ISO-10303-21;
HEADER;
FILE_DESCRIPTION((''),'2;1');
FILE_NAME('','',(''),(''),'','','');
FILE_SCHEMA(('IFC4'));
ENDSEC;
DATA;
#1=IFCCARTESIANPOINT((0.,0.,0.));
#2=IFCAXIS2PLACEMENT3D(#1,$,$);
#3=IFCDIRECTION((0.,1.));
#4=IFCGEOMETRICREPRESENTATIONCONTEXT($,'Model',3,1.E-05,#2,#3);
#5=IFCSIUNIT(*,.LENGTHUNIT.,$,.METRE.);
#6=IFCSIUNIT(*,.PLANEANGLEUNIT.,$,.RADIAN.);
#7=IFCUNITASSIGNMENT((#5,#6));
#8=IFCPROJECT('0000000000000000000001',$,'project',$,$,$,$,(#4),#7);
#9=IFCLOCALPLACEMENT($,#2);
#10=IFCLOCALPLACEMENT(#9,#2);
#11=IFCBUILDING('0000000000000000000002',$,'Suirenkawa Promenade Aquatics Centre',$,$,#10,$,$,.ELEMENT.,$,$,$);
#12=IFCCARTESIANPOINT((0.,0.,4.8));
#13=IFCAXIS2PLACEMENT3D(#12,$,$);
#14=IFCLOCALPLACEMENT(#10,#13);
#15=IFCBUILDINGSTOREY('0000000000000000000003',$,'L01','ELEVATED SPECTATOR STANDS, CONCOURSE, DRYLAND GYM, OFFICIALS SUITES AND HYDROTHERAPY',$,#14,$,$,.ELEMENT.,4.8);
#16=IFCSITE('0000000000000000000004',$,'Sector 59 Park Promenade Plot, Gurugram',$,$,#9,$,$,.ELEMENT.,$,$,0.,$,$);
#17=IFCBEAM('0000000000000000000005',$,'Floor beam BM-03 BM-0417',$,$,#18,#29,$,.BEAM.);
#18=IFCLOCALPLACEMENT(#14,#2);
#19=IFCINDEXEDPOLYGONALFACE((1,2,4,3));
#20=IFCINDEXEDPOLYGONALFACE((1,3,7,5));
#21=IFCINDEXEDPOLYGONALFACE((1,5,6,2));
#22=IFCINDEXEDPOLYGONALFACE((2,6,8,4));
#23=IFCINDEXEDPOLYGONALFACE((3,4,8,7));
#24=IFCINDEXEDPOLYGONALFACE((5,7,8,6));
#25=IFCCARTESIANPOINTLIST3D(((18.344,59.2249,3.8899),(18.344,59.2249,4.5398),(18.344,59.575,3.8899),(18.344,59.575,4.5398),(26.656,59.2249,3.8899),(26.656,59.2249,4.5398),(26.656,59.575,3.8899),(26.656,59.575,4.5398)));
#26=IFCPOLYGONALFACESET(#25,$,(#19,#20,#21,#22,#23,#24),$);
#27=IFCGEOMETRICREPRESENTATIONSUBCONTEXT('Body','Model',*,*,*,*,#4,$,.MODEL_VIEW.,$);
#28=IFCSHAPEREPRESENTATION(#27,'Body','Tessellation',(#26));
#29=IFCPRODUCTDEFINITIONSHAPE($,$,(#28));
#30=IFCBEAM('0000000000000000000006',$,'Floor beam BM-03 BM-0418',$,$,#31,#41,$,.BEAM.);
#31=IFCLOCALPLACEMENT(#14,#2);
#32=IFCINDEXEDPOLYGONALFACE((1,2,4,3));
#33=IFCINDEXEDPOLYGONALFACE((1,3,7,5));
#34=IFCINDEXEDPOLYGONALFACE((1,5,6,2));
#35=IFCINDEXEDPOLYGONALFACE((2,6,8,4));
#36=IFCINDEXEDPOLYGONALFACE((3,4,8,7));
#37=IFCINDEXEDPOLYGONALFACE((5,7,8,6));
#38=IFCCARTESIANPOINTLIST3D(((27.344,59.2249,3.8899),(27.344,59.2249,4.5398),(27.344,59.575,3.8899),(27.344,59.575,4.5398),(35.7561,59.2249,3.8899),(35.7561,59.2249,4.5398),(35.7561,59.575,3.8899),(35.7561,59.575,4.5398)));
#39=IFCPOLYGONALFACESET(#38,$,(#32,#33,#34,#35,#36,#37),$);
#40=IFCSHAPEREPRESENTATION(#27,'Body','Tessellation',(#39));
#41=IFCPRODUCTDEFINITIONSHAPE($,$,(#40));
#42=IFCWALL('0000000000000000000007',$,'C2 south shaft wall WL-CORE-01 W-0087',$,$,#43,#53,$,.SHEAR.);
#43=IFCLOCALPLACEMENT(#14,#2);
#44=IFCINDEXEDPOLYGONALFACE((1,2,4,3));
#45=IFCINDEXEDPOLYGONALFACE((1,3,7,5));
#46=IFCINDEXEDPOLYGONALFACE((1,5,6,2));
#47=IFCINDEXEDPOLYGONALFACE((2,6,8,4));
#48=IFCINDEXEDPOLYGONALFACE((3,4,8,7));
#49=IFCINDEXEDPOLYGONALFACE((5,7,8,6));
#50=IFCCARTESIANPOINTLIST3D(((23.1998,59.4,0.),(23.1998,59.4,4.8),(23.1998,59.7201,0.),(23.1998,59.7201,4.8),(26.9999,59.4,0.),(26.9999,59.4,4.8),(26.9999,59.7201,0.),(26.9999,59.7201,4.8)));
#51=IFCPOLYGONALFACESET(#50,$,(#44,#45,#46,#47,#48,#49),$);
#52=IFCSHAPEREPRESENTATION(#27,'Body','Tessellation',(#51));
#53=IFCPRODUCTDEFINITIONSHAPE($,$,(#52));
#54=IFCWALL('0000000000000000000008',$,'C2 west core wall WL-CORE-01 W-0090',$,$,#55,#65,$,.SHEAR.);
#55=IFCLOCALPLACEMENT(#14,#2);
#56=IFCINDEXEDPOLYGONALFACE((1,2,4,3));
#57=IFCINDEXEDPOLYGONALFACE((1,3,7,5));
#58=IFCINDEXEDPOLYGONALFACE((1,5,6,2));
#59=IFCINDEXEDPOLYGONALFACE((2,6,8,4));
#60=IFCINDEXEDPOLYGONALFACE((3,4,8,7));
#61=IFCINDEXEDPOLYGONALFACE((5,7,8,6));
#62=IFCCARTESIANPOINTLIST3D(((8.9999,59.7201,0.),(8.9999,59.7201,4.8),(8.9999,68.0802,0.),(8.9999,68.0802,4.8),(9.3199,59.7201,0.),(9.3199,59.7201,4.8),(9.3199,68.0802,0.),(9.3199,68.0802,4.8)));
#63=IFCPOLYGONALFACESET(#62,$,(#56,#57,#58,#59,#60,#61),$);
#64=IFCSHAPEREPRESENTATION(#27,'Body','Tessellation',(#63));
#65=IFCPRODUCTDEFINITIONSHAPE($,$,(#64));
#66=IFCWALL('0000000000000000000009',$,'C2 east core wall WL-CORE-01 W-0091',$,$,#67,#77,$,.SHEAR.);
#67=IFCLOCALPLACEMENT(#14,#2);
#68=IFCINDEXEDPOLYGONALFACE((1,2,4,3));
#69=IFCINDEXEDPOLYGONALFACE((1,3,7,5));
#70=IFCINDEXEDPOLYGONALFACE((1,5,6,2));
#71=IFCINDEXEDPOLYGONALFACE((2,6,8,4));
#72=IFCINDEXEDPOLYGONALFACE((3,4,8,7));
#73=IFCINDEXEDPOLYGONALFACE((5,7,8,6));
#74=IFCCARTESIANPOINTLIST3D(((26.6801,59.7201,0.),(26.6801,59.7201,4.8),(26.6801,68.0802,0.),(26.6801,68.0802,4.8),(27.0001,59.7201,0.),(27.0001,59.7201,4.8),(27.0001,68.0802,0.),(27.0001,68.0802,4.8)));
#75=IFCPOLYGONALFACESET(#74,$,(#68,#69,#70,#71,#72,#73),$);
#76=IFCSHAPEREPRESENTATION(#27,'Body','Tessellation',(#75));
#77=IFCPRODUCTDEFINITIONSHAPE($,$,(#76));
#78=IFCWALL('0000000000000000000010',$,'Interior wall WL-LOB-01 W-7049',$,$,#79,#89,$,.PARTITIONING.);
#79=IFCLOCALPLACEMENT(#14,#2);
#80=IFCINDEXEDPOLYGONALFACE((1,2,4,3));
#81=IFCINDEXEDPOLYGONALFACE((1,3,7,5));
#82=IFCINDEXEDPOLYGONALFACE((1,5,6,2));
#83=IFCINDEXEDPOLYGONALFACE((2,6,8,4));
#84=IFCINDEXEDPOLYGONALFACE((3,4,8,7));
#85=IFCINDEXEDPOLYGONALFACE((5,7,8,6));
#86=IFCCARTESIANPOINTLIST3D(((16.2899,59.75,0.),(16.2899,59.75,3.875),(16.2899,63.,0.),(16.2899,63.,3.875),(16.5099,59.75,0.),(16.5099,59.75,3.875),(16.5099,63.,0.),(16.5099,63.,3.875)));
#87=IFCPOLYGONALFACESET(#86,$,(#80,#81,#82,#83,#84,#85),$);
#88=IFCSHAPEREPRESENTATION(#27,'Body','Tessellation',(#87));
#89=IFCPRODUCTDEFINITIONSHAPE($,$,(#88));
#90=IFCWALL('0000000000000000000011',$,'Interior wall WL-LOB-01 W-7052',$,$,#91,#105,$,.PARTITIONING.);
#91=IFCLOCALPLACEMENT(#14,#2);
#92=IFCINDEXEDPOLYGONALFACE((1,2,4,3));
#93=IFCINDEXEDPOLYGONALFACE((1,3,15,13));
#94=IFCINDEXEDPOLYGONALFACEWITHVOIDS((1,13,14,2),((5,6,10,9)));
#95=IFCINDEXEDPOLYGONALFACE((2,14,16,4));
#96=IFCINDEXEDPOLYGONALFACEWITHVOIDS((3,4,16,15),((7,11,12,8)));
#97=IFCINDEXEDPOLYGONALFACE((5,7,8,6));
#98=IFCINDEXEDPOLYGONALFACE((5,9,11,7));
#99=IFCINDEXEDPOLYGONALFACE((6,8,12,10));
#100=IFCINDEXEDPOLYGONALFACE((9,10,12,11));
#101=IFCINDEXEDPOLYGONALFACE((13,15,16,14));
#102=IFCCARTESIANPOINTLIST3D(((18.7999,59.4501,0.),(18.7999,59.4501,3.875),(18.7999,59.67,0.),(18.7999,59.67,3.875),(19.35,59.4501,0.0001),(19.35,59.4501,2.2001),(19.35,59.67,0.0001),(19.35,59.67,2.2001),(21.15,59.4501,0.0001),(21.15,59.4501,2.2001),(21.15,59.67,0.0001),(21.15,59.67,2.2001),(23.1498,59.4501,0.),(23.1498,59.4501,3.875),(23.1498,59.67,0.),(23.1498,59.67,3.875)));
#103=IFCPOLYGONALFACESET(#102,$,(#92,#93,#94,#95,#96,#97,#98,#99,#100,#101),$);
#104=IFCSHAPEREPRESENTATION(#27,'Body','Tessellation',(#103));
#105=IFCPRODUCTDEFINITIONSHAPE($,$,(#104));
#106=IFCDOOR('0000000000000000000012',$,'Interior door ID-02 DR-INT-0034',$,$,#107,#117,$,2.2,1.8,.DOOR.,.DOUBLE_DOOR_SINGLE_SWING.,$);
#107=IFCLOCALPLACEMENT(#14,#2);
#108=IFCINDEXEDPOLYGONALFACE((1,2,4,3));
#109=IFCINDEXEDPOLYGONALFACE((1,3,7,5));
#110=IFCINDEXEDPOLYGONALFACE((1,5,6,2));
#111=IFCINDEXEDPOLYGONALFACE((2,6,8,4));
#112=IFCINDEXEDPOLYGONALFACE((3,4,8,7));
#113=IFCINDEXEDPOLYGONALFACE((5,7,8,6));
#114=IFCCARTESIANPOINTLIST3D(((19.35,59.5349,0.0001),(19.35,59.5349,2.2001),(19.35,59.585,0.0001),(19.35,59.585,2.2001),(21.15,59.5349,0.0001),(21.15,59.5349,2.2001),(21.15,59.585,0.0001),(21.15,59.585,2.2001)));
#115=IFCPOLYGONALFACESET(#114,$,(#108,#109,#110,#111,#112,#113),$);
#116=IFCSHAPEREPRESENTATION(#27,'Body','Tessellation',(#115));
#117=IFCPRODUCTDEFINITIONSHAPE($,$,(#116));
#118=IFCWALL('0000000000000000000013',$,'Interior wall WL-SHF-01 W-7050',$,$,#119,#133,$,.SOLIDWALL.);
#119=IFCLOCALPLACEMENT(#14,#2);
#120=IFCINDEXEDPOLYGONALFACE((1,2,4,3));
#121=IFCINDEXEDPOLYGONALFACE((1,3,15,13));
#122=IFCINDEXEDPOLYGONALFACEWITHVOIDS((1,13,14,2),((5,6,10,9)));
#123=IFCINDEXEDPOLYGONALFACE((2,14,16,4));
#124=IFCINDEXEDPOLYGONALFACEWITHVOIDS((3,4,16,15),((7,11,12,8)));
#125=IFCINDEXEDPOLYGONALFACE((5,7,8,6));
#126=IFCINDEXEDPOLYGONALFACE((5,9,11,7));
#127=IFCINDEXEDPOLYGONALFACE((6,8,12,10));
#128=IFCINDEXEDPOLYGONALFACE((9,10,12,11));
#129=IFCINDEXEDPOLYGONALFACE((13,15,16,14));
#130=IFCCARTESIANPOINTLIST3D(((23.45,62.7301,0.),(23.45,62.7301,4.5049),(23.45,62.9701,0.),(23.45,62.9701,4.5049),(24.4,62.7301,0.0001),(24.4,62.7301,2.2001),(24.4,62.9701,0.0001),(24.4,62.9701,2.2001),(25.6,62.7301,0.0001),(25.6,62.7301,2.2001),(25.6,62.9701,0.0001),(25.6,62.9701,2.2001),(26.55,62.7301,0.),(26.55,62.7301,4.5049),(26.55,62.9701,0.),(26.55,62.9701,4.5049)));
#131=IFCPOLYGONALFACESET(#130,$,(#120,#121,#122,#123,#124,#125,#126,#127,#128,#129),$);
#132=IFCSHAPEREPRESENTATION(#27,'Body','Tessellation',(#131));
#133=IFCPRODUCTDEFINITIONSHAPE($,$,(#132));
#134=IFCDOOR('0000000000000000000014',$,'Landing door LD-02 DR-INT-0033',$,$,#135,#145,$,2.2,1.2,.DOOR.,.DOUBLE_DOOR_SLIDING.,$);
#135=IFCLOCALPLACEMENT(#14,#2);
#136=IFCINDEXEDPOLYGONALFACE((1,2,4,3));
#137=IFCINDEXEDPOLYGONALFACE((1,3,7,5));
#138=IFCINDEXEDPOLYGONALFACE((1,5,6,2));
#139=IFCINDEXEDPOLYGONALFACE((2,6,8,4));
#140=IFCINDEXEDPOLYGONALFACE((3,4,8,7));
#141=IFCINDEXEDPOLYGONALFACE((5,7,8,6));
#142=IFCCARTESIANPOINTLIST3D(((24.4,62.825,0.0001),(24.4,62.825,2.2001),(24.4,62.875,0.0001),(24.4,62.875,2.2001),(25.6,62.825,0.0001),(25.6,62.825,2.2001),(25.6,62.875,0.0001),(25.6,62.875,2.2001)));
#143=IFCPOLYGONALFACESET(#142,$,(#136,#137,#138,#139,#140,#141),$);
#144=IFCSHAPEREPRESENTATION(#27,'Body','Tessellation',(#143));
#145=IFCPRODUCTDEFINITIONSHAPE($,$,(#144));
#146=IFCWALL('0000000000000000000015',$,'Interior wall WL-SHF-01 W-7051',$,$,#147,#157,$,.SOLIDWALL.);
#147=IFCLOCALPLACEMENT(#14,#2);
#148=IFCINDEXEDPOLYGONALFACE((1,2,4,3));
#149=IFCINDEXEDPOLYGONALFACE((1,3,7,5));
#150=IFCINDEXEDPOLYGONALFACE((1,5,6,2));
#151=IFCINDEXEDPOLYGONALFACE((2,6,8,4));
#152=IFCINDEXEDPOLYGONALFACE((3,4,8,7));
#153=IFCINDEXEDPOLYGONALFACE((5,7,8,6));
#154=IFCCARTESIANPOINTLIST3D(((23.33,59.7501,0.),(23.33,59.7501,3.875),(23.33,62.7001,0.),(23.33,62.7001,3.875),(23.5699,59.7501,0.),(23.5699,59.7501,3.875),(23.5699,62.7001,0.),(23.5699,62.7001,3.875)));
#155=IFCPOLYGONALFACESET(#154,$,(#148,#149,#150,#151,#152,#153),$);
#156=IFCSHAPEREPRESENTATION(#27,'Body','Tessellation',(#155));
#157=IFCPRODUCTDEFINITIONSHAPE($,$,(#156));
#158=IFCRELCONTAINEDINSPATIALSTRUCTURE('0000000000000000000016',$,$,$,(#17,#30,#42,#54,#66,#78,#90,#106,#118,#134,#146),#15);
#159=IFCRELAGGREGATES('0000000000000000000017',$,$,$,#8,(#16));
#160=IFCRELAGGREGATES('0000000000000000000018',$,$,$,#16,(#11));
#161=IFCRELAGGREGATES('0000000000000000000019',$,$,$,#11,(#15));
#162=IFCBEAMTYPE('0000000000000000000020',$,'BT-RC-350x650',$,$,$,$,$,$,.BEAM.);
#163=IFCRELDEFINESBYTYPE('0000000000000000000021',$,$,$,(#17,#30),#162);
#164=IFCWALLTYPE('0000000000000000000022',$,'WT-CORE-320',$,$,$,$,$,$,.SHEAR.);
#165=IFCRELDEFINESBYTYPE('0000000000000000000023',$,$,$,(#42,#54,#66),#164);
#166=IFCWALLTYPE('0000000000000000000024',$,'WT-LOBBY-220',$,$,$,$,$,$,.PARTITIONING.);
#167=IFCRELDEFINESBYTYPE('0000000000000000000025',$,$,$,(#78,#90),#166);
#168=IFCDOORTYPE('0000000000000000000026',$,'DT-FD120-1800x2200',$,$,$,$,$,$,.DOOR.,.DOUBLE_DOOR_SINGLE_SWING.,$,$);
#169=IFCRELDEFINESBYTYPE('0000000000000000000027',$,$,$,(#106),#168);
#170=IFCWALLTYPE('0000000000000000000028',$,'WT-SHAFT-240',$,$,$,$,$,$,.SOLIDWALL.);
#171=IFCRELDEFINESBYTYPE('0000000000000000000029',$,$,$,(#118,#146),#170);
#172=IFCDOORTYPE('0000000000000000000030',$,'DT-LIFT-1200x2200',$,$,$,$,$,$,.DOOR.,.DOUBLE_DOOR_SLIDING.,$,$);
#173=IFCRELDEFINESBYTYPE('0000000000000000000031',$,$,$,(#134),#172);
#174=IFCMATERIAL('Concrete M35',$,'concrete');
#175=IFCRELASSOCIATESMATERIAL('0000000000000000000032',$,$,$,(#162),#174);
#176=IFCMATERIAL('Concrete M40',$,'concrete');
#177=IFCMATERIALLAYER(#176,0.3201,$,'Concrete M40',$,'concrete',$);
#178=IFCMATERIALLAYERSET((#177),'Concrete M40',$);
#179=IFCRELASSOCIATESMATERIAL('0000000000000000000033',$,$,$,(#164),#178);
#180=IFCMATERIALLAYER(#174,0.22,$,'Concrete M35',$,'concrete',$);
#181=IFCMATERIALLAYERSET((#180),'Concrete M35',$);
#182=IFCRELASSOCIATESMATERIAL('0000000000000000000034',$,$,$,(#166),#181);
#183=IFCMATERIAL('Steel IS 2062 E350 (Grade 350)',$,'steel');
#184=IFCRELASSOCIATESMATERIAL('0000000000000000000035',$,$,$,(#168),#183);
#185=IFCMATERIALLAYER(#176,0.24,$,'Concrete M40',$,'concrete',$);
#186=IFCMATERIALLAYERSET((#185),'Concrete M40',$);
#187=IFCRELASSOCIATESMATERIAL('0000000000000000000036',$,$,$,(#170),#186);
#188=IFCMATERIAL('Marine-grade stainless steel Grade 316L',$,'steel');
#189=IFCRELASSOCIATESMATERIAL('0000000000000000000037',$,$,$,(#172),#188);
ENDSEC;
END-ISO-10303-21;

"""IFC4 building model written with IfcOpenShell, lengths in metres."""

from ifc_helpers import new_model, si_unit, direction, frame, frame_2d, origin, origin_2d, place, context, subcontext, project, spatial, rectangle, extrude, material, layer, layer_set, material_profile, profile_set, type_object, element, fill, save


model = new_model("IFC4")

# Units and contexts
model_context = context("Model", 3, precision=1e-05, world=origin(), true_north=direction((0.0, 1.0)))
body_context = subcontext(model_context, "Body", "Model", "MODEL_VIEW")
ifc_project = project(units=[si_unit("LENGTHUNIT", "METRE"), si_unit("PLANEANGLEUNIT", "RADIAN")], contexts=[model_context])

# Site, building, storey
site_placement = place(None, origin())
site = spatial("IfcSite", under=ifc_project, at=site_placement, Name="Sector 59 Park Promenade Plot, Gurugram", CompositionType="ELEMENT", RefElevation=0.0)
building_placement = place(site_placement, origin())
building = spatial("IfcBuilding", under=site, at=building_placement, Name="Suirenkawa Promenade Aquatics Centre", CompositionType="ELEMENT")
storey_placement = place(building_placement, frame((0.0, 0.0, 4.8)))
storey = spatial("IfcBuildingStorey", under=building, at=storey_placement, Name="L01", Description="ELEVATED SPECTATOR STANDS, CONCOURSE, DRYLAND GYM, OFFICIALS SUITES AND HYDROTHERAPY", CompositionType="ELEMENT", Elevation=4.8)

# Shared definitions
ifc_material_1 = material(Name="Concrete M40", Category="concrete")

# Beams
ifc_material_2 = material(Name="Steel IS 2062 E350 (Grade 350)", Category="steel")
ifc_material_3 = material(Name="Concrete M35", Category="concrete")
ifc_material_profile_1 = material_profile(ifc_material_3, rectangle(XDim=0.3501, YDim=0.6499, at=origin_2d()), Name="RC BM 350x650", Category="concrete")
ifc_profile_set_1 = profile_set([ifc_material_profile_1], Name="Concrete M35")
beam_type_1 = type_object("IfcBeamType", Name="BT-RC-350x650", PredefinedType="BEAM", material=ifc_profile_set_1)
for number, where, z_axis, x_axis, name in (
    (1, (18.344, 59.3999, 4.2148), (1.0, 0.0, 0.0), (0.0, 1.0, 0.0), "Floor beam BM-03 BM-0417"),
):
    element("IfcBeam", number, at=place(storey_placement, frame(where, z_axis=z_axis, x_axis=x_axis)), inside=storey, type_object=beam_type_1, Name=name, PredefinedType="BEAM", context=body_context, shape_type="SweptSolid", body=[
        extrude(rectangle(XDim=0.3501, YDim=0.6499, at=origin_2d()), origin(), (0.0, 0.0, 1.0), 8.312),
    ])
beam_1_placement = place(storey_placement, frame((27.344, 59.3999, 4.2148), z_axis=(1.0, 0.0, 0.0), x_axis=(0.0, 1.0, 0.0)))
element("IfcBeam", 2, at=beam_1_placement, inside=storey, type_object=beam_type_1, Name="Floor beam BM-03 BM-0418", PredefinedType="BEAM", context=body_context, shape_type="SweptSolid", body=[
    extrude(rectangle(XDim=0.3501, YDim=0.6499, at=origin_2d()), origin(), (0.0, 0.0, 1.0), 8.4121),
])

# Walls
ifc_layer_1 = layer(ifc_material_1, 0.3201, Name="Concrete M40", Category="concrete")
ifc_layer_set_1 = layer_set([ifc_layer_1], Name="Concrete M40")
wall_type_1 = type_object("IfcWallType", Name="WT-CORE-320", PredefinedType="SHEAR", material=ifc_layer_set_1)
wall_1_placement = place(storey_placement, frame((23.2, 59.5601, 0.0), z_axis=(0.0, 0.0, 1.0), x_axis=(1.0, 0.0, 0.0)))
element("IfcWall", 3, at=wall_1_placement, inside=storey, type_object=wall_type_1, Name="C2 south shaft wall WL-CORE-01 W-0087", PredefinedType="SHEAR", context=body_context, shape_type="SweptSolid", body=[
    extrude(rectangle(XDim=3.8, YDim=0.3201, at=frame_2d((1.8999, 0.0))), origin(), (0.0, 0.0, 1.0), 4.8),
])
for number, where, z_axis, x_axis, name in (
    (4, (9.1599, 59.72, 0.0), (0.0, 0.0, 1.0), (0.0, 1.0, 0.0), "C2 west core wall WL-CORE-01 W-0090"),
    (5, (26.8401, 59.72, 0.0), (0.0, 0.0, 1.0), (0.0, 1.0, 0.0), "C2 east core wall WL-CORE-01 W-0091"),
):
    element("IfcWall", number, at=place(storey_placement, frame(where, z_axis=z_axis, x_axis=x_axis)), inside=storey, type_object=wall_type_1, Name=name, PredefinedType="SHEAR", context=body_context, shape_type="SweptSolid", body=[
        extrude(rectangle(XDim=8.3601, YDim=0.3201, at=frame_2d((4.1802, 0.0))), origin(), (0.0, 0.0, 1.0), 4.8),
    ])
ifc_layer_2 = layer(ifc_material_3, 0.22, Name="Concrete M35", Category="concrete")
ifc_layer_set_2 = layer_set([ifc_layer_2], Name="Concrete M35")
wall_type_2 = type_object("IfcWallType", Name="WT-LOBBY-220", PredefinedType="PARTITIONING", material=ifc_layer_set_2)
wall_2_placement = place(storey_placement, frame((16.3999, 59.75, 0.0), z_axis=(0.0, 0.0, 1.0), x_axis=(0.0, 1.0, 0.0)))
element("IfcWall", 6, at=wall_2_placement, inside=storey, type_object=wall_type_2, Name="Interior wall WL-LOB-01 W-7049", PredefinedType="PARTITIONING", context=body_context, shape_type="SweptSolid", body=[
    extrude(rectangle(XDim=3.25, YDim=0.22, at=frame_2d((1.625, 0.0))), origin(), (0.0, 0.0, 1.0), 3.875),
])

# Walls, openings, doors
wall_3_placement = place(storey_placement, frame((18.8, 59.5601, 0.0), z_axis=(0.0, 0.0, 1.0), x_axis=(1.0, 0.0, 0.0)))
wall_3 = element("IfcWall", 7, at=wall_3_placement, inside=storey, type_object=wall_type_2, Name="Interior wall WL-LOB-01 W-7052", PredefinedType="PARTITIONING", context=body_context, shape_type="SweptSolid", body=[
    extrude(rectangle(XDim=4.3499, YDim=0.22, at=frame_2d((2.1748, 0.0))), origin(), (0.0, 0.0, 1.0), 3.875),
])
opening_1_placement = place(wall_3_placement, frame((0.55, 0.0, 0.0)))
opening_1 = element("IfcOpeningElement", 8, at=opening_1_placement, cuts=wall_3, PredefinedType="OPENING", context=body_context, shape_type="SweptSolid", body=[
    extrude(rectangle(XDim=1.8, YDim=2.2, at=frame_2d((0.8999, 1.1001))), frame((0.0, 0.1199, 0.0), z_axis=(0.0, -1.0, 0.0), x_axis=(1.0, 0.0, 0.0)), (0.0, 0.0, 1.0), 0.24),
])
door_type_1 = type_object("IfcDoorType", Name="DT-FD120-1800x2200", OperationType="DOUBLE_DOOR_SINGLE_SWING", PredefinedType="DOOR", material=ifc_material_2)
door_1_placement = place(opening_1_placement, origin())
door_1 = element("IfcDoor", 9, at=door_1_placement, inside=storey, type_object=door_type_1, Name="Interior door ID-02 DR-INT-0034", OperationType="DOUBLE_DOOR_SINGLE_SWING", OverallHeight=2.2, OverallWidth=1.8, PredefinedType="DOOR", context=body_context, shape_type="SweptSolid", body=[
    extrude(rectangle(XDim=1.8, YDim=2.2, at=frame_2d((0.8999, 1.1001))), frame((0.0, 0.0249, 0.0), z_axis=(0.0, -1.0, 0.0), x_axis=(1.0, 0.0, 0.0)), (0.0, 0.0, 1.0), 0.05),
])
fill(opening_1, door_1)
ifc_layer_3 = layer(ifc_material_1, 0.24, Name="Concrete M40", Category="concrete")
ifc_layer_set_3 = layer_set([ifc_layer_3], Name="Concrete M40")
wall_type_3 = type_object("IfcWallType", Name="WT-SHAFT-240", PredefinedType="SOLIDWALL", material=ifc_layer_set_3)
wall_4_placement = place(storey_placement, frame((23.45, 62.8501, 0.0), z_axis=(0.0, 0.0, 1.0), x_axis=(1.0, 0.0, 0.0)))
wall_4 = element("IfcWall", 10, at=wall_4_placement, inside=storey, type_object=wall_type_3, Name="Interior wall WL-SHF-01 W-7050", PredefinedType="SOLIDWALL", context=body_context, shape_type="SweptSolid", body=[
    extrude(rectangle(XDim=3.1001, YDim=0.24, at=frame_2d((1.55, 0.0))), origin(), (0.0, 0.0, 1.0), 4.5049),
])
opening_2_placement = place(wall_4_placement, frame((0.95, 0.0, 0.0)))
opening_2 = element("IfcOpeningElement", 11, at=opening_2_placement, cuts=wall_4, PredefinedType="OPENING", context=body_context, shape_type="SweptSolid", body=[
    extrude(rectangle(XDim=1.2, YDim=2.2, at=frame_2d((0.6001, 1.1001))), frame((0.0, 0.1299, 0.0), z_axis=(0.0, -1.0, 0.0), x_axis=(1.0, 0.0, 0.0)), (0.0, 0.0, 1.0), 0.26),
])
ifc_material_4 = material(Name="Marine-grade stainless steel Grade 316L", Category="steel")
door_type_2 = type_object("IfcDoorType", Name="DT-LIFT-1200x2200", OperationType="DOUBLE_DOOR_SLIDING", PredefinedType="DOOR", material=ifc_material_4)
door_2_placement = place(opening_2_placement, origin())
door_2 = element("IfcDoor", 12, at=door_2_placement, inside=storey, type_object=door_type_2, Name="Landing door LD-02 DR-INT-0033", OperationType="DOUBLE_DOOR_SLIDING", OverallHeight=2.2, OverallWidth=1.2, PredefinedType="DOOR", context=body_context, shape_type="SweptSolid", body=[
    extrude(rectangle(XDim=1.2, YDim=2.2, at=frame_2d((0.6001, 1.1001))), frame((0.0, 0.0249, 0.0), z_axis=(0.0, -1.0, 0.0), x_axis=(1.0, 0.0, 0.0)), (0.0, 0.0, 1.0), 0.05),
])
fill(opening_2, door_2)

# Wall
wall_5_placement = place(storey_placement, frame((23.45, 59.75, 0.0), z_axis=(0.0, 0.0, 1.0), x_axis=(0.0, 1.0, 0.0)))
element("IfcWall", 13, at=wall_5_placement, inside=storey, type_object=wall_type_3, Name="Interior wall WL-SHF-01 W-7051", PredefinedType="SOLIDWALL", context=body_context, shape_type="SweptSolid", body=[
    extrude(rectangle(XDim=2.95, YDim=0.24, at=frame_2d((1.4751, 0.0))), origin(), (0.0, 0.0, 1.0), 3.875),
])

save(model, "model.ifc")
